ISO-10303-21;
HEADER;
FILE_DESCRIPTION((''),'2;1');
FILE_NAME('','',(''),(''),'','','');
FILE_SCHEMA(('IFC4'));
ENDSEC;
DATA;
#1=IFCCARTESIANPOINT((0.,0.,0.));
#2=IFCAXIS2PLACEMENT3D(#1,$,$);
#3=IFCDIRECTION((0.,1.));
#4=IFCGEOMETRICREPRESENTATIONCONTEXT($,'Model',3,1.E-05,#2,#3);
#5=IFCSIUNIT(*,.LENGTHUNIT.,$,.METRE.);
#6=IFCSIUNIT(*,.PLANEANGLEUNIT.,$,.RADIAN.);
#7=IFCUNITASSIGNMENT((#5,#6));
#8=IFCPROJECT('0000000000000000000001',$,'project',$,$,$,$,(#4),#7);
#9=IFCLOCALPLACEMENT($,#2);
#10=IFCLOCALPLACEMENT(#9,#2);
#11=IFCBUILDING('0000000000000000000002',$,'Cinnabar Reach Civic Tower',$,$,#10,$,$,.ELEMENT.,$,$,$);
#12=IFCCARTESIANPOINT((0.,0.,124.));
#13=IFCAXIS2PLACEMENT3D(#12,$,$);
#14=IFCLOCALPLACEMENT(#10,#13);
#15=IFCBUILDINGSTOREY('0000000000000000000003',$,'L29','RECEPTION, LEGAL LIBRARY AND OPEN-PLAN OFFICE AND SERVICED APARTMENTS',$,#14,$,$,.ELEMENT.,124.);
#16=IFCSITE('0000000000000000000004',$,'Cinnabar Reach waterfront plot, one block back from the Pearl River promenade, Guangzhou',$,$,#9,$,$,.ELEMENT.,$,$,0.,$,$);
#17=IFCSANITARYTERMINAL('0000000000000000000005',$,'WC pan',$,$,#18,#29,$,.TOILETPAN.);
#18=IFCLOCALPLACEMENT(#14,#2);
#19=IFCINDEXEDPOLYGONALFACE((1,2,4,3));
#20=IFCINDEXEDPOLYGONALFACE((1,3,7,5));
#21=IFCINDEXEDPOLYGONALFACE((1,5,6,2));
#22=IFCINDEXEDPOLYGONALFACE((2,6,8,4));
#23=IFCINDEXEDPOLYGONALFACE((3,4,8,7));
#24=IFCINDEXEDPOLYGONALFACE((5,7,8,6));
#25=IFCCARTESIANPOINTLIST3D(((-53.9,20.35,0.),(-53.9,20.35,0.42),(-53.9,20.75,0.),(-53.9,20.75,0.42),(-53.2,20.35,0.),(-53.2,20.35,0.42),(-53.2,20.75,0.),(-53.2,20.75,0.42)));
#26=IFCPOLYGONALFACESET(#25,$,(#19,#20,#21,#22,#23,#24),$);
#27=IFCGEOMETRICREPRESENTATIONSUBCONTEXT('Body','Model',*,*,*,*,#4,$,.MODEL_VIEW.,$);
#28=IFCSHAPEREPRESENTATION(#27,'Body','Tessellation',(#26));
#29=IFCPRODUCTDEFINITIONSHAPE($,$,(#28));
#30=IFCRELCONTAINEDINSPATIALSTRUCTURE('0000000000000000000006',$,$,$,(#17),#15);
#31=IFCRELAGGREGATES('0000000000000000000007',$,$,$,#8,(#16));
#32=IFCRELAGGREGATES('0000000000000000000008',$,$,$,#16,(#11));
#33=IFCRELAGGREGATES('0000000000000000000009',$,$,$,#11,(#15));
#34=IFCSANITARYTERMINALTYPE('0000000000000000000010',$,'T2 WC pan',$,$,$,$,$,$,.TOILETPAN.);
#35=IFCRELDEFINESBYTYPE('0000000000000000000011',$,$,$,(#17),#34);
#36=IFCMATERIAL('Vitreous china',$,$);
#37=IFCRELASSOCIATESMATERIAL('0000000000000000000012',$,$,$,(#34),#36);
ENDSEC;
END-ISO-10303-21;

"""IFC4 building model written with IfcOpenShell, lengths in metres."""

from ifc_helpers import new_model, si_unit, direction, frame, origin, origin_2d, place, context, subcontext, project, spatial, rectangle, extrude, material, type_object, element, save


model = new_model("IFC4")

# Units and contexts
model_context = context("Model", 3, precision=1e-05, world=origin(), true_north=direction((0.0, 1.0)))
body_context = subcontext(model_context, "Body", "Model", "MODEL_VIEW")
ifc_project = project(units=[si_unit("LENGTHUNIT", "METRE"), si_unit("PLANEANGLEUNIT", "RADIAN")], contexts=[model_context])

# Site, building, storey
site_placement = place(None, origin())
site = spatial("IfcSite", under=ifc_project, at=site_placement, Name="Cinnabar Reach waterfront plot, one block back from the Pearl River promenade, Guangzhou", CompositionType="ELEMENT", RefElevation=0.0)
building_placement = place(site_placement, origin())
building = spatial("IfcBuilding", under=site, at=building_placement, Name="Cinnabar Reach Civic Tower", CompositionType="ELEMENT")
storey_placement = place(building_placement, frame((0.0, 0.0, 124.0)))
storey = spatial("IfcBuildingStorey", under=building, at=storey_placement, Name="L29", Description="RECEPTION, LEGAL LIBRARY AND OPEN-PLAN OFFICE AND SERVICED APARTMENTS", CompositionType="ELEMENT", Elevation=124.0)

# Sanitary terminal
ifc_material_1 = material(Name="Vitreous china")
sanitary_terminal_type = type_object("IfcSanitaryTerminalType", Name="T2 WC pan", PredefinedType="TOILETPAN", material=ifc_material_1)
sanitary_terminal_placement = place(storey_placement, frame((-53.55, 20.55, 0.0), z_axis=(0.0, 0.0, 1.0), x_axis=(1.0, 0.0, 0.0)))
element("IfcSanitaryTerminal", 1, at=sanitary_terminal_placement, inside=storey, type_object=sanitary_terminal_type, Name="WC pan", PredefinedType="TOILETPAN", context=body_context, shape_type="SweptSolid", body=[
    extrude(rectangle(XDim=0.7, YDim=0.4, at=origin_2d()), origin(), (0.0, 0.0, 1.0), 0.42),
])

save(model, "model.ifc")
